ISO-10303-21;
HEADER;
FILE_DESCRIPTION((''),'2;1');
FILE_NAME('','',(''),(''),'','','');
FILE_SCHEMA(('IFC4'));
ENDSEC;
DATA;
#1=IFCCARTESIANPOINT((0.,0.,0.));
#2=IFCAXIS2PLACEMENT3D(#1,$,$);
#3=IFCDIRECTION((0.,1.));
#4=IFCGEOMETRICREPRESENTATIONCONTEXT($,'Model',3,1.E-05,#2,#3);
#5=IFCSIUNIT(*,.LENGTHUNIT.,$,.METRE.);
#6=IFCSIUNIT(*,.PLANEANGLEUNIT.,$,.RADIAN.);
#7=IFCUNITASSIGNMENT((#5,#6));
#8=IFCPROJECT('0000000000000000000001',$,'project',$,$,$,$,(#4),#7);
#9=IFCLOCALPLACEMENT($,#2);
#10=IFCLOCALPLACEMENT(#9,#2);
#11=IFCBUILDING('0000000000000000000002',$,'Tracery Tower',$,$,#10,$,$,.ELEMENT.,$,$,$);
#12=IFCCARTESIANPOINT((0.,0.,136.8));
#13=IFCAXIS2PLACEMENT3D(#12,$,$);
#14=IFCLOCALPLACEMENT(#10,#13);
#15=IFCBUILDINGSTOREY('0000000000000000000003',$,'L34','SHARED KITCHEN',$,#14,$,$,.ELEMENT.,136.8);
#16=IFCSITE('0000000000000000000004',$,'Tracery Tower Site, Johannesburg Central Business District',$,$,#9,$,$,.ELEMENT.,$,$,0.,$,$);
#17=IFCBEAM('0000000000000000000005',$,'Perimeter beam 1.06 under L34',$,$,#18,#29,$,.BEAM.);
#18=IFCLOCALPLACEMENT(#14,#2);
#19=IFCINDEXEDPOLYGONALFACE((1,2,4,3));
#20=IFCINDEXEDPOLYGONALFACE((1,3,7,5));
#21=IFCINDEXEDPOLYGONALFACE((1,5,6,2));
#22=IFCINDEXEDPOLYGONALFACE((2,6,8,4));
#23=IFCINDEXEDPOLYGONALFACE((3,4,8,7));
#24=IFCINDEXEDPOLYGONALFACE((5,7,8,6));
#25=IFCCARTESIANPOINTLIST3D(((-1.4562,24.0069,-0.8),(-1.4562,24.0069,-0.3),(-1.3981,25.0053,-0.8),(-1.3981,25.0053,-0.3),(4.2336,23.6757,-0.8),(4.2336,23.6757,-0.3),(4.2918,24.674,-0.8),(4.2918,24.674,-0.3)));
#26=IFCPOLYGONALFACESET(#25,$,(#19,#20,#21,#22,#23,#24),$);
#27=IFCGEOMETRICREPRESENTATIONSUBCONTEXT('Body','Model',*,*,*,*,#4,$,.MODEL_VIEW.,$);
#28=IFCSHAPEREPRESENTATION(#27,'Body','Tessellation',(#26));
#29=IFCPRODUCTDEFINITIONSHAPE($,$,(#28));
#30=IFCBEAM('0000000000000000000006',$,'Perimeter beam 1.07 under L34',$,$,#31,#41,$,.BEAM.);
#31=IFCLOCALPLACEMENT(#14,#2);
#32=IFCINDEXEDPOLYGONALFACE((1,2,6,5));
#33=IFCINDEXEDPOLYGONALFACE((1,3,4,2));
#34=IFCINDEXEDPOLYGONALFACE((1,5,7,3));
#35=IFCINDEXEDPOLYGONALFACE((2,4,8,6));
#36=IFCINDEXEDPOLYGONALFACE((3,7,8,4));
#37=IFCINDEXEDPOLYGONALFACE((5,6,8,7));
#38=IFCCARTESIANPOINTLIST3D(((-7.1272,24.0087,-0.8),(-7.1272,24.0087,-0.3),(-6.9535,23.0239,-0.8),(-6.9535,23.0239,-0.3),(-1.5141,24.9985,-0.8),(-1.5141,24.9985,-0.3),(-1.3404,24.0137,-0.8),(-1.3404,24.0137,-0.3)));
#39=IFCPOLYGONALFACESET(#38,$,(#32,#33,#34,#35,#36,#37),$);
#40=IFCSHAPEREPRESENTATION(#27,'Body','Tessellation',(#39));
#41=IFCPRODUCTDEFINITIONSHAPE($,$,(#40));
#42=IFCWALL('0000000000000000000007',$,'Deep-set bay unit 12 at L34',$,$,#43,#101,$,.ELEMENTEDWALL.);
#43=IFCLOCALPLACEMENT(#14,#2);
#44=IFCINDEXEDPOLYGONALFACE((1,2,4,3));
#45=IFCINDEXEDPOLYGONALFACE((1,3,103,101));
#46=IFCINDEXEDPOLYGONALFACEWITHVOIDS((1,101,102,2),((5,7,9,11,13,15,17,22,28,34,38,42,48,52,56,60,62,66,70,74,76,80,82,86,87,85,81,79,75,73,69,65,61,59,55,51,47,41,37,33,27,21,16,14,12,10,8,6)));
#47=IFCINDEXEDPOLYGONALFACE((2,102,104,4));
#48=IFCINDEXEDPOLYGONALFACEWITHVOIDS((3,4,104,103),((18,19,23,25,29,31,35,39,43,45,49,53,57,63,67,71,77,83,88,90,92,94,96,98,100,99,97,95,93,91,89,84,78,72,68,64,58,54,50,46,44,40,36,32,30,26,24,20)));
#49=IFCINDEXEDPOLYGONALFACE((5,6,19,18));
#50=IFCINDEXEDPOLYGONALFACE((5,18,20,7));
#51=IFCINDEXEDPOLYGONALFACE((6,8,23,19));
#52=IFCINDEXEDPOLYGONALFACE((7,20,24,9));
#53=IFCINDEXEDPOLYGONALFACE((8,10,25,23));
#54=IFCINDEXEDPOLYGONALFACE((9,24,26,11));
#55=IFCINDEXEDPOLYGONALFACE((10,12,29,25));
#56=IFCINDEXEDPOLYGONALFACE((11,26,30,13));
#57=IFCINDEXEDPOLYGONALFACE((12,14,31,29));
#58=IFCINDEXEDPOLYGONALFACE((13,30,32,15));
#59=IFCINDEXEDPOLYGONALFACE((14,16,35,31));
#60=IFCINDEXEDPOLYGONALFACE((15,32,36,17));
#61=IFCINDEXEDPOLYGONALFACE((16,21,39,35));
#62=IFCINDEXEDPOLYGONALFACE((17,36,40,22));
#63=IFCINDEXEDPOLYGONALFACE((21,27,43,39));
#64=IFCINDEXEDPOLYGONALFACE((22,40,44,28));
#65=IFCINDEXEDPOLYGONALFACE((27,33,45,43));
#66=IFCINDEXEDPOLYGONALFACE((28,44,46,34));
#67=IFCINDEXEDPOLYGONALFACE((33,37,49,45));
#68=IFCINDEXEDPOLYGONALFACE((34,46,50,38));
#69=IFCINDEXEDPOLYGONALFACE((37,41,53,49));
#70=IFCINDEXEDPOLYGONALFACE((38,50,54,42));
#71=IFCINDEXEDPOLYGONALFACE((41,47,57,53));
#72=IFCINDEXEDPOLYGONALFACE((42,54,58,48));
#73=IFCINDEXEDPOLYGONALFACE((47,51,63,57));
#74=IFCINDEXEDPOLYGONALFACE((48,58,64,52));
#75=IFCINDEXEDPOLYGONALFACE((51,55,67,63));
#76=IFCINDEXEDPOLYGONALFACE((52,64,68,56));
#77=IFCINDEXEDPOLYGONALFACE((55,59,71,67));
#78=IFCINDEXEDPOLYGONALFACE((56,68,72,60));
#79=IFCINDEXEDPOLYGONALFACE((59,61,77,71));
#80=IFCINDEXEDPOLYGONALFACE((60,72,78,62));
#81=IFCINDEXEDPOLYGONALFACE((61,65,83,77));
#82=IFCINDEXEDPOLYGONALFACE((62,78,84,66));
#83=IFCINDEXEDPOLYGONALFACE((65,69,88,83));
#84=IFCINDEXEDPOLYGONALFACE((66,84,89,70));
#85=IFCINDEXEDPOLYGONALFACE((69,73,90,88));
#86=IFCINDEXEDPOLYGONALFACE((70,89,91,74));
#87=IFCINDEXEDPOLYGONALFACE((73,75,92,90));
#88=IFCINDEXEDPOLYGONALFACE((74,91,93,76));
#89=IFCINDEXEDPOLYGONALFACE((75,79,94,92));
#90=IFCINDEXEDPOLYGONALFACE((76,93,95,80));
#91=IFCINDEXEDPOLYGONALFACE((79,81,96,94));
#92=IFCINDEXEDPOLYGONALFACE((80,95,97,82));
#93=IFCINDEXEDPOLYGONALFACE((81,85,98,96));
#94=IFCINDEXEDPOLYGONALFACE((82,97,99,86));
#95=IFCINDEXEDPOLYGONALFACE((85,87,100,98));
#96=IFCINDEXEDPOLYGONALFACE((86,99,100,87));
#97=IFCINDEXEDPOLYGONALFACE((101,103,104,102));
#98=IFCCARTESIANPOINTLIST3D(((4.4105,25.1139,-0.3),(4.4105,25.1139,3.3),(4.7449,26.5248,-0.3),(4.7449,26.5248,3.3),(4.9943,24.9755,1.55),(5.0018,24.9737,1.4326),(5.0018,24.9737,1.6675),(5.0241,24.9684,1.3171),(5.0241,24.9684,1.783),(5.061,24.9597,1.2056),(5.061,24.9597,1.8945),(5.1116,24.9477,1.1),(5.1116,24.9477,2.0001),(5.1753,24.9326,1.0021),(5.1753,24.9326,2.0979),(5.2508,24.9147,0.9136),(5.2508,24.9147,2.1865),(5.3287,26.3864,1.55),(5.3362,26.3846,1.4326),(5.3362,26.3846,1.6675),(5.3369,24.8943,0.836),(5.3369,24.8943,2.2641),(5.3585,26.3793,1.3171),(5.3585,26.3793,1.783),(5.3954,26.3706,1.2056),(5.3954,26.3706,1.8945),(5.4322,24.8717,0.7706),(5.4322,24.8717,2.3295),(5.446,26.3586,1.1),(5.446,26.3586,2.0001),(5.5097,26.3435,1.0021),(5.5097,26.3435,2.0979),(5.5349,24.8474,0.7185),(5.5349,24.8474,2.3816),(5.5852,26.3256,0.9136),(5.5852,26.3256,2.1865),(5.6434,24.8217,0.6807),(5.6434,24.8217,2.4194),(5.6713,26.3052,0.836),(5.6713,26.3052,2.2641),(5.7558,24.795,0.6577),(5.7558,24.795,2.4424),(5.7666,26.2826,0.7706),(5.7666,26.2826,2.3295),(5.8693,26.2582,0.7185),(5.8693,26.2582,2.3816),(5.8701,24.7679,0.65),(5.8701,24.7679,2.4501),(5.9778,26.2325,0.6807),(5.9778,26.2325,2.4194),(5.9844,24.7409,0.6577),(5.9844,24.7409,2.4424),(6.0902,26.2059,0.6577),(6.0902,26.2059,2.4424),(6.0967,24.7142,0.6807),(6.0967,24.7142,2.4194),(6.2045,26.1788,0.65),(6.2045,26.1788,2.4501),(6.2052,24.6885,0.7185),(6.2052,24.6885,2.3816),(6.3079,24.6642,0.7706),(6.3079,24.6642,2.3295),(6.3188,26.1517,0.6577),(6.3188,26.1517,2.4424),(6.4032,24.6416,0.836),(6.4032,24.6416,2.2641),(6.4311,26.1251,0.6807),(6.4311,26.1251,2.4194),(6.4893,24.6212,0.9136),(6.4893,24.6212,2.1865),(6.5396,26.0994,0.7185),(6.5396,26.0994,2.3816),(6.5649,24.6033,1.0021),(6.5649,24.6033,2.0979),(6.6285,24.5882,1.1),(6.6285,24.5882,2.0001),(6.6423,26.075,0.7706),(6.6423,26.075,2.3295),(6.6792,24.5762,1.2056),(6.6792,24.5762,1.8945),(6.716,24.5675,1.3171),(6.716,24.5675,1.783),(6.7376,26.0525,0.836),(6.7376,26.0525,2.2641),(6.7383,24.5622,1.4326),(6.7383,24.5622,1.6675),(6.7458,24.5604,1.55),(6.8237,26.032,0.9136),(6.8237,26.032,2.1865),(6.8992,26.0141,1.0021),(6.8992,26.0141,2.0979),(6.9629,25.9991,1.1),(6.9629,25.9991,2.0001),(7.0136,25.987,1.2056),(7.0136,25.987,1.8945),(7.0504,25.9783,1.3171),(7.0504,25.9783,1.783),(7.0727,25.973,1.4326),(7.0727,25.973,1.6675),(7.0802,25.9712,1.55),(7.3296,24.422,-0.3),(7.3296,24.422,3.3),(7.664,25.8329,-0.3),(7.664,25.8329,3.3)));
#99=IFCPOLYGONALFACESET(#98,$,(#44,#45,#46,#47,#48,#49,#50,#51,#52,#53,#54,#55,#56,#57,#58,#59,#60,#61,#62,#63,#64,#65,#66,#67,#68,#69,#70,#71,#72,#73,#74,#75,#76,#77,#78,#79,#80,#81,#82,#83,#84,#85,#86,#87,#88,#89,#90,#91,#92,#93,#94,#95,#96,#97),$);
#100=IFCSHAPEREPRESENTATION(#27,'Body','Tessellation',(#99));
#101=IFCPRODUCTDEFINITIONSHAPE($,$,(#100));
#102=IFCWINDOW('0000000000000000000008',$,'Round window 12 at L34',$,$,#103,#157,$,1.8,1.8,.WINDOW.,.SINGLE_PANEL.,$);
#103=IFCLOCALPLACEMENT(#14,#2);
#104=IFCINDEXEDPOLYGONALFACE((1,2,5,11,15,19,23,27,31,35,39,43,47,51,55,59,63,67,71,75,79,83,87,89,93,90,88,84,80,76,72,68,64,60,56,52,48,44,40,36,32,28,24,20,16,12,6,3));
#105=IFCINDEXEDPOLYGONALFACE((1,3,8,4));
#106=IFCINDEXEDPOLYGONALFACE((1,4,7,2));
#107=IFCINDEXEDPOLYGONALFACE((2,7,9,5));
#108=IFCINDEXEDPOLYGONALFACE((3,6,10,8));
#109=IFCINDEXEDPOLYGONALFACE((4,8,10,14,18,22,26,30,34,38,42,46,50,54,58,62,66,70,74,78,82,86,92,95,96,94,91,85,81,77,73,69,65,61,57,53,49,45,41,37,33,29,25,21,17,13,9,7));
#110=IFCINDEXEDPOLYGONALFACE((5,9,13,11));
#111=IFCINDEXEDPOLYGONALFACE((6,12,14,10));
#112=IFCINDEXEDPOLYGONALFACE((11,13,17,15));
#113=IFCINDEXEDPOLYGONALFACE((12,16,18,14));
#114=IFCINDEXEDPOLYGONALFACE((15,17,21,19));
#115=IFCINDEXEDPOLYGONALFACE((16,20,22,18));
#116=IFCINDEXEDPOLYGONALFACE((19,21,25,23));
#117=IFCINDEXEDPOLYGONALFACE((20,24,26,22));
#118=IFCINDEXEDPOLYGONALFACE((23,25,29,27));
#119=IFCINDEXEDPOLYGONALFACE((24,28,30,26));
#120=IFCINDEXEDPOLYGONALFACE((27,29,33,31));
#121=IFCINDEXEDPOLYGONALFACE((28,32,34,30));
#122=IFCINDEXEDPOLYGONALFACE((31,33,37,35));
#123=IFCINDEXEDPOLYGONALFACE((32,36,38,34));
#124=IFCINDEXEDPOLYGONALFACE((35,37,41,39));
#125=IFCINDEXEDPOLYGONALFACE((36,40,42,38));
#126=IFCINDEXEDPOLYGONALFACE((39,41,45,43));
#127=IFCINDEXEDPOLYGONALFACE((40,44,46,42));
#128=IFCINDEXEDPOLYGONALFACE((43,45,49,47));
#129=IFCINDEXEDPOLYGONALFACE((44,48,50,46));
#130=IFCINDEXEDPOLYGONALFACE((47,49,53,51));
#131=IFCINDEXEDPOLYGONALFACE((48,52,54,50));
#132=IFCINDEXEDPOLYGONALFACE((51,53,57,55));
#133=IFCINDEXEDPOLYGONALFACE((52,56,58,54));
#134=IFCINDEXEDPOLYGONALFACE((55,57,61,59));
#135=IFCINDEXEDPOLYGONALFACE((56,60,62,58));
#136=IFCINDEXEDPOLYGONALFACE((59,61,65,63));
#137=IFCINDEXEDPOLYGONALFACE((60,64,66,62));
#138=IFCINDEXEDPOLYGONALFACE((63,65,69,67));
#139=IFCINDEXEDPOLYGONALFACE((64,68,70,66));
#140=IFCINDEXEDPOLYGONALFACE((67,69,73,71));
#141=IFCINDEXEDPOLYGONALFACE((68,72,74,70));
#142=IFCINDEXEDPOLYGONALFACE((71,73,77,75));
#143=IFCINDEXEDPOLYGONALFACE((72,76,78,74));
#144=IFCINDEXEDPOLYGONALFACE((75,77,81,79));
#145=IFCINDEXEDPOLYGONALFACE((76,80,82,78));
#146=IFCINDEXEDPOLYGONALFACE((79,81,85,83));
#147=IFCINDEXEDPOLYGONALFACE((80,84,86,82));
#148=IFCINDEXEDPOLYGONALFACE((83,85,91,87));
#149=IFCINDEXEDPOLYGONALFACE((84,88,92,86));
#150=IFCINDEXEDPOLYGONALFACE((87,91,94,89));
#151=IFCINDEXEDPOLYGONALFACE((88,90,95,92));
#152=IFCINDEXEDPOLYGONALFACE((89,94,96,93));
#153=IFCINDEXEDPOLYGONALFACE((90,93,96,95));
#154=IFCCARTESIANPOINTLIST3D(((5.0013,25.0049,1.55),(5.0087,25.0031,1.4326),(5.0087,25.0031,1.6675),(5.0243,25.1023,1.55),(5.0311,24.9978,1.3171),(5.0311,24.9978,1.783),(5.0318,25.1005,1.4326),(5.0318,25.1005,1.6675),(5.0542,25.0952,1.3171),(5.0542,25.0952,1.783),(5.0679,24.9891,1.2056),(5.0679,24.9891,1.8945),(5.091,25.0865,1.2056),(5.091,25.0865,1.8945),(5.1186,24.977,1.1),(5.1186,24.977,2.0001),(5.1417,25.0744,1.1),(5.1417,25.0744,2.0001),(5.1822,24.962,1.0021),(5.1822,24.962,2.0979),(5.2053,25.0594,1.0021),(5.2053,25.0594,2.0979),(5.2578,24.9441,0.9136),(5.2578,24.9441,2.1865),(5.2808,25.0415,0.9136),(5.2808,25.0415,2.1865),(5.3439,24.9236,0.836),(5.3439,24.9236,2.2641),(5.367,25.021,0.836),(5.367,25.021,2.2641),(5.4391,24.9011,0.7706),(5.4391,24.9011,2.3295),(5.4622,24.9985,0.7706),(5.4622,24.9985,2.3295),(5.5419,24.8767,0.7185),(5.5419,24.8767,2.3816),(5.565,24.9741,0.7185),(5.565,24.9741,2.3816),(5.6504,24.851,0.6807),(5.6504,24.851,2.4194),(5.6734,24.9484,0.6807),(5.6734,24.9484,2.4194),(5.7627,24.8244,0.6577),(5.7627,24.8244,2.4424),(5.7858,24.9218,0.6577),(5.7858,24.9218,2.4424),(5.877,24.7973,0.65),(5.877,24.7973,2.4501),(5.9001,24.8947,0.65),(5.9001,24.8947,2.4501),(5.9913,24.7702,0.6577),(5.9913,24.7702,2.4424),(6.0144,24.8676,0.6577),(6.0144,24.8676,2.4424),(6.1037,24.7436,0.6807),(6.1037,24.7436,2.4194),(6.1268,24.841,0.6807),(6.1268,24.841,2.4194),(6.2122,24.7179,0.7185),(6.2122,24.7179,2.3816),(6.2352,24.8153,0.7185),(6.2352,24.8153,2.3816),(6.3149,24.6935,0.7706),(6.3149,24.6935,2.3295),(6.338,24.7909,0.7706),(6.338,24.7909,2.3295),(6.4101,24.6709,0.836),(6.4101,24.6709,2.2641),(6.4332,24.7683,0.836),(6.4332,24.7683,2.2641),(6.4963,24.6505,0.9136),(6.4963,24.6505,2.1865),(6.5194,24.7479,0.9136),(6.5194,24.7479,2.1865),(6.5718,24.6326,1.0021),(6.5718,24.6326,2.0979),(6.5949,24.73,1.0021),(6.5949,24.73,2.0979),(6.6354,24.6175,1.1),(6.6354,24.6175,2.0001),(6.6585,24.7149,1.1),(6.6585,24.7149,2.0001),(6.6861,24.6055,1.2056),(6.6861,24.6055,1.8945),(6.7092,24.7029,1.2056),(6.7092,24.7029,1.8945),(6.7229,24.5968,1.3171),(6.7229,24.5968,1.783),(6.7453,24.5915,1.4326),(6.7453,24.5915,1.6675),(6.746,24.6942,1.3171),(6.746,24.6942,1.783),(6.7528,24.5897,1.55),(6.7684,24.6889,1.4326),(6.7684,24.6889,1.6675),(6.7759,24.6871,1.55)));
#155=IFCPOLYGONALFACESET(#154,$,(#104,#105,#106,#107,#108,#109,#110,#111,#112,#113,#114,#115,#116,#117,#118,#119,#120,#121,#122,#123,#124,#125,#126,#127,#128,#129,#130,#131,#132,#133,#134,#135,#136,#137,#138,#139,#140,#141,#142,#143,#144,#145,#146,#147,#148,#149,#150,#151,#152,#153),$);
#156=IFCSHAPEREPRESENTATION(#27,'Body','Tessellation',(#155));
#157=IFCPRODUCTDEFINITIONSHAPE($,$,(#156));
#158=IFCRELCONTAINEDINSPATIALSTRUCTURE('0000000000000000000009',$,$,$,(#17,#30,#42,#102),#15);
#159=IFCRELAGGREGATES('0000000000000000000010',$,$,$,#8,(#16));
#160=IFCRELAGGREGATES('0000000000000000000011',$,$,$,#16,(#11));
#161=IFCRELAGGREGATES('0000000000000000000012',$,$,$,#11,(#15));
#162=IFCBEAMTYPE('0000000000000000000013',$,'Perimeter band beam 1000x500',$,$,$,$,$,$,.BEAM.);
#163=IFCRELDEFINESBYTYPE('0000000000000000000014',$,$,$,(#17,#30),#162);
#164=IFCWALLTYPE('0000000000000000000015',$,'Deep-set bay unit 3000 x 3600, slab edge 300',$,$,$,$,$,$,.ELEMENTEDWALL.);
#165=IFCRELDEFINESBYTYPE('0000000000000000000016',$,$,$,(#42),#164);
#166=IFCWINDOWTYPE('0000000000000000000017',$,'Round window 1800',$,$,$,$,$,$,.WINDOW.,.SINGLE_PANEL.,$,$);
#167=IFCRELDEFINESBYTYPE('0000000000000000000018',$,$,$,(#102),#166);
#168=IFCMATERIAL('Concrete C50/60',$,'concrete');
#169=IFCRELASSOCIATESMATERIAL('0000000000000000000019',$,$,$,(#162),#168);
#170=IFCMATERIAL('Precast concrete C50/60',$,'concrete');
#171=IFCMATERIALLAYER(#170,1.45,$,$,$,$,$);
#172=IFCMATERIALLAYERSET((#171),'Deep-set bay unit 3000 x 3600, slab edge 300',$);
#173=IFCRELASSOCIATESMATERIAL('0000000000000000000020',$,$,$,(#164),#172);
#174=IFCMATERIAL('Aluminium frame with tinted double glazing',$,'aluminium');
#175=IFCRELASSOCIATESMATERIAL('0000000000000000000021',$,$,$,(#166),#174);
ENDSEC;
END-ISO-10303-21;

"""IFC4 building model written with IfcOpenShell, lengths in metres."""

from ifc_helpers import new_model, si_unit, direction, frame, frame_2d, origin, origin_2d, place, context, subcontext, project, spatial, rectangle, circle, extrude, material, layer, layer_set, material_profile, profile_set, type_object, element, fill, save


model = new_model("IFC4")

# Units and contexts
model_context = context("Model", 3, precision=1e-05, world=origin(), true_north=direction((0.0, 1.0)))
body_context = subcontext(model_context, "Body", "Model", "MODEL_VIEW")
ifc_project = project(units=[si_unit("LENGTHUNIT", "METRE"), si_unit("PLANEANGLEUNIT", "RADIAN")], contexts=[model_context])

# Site, building, storey
site_placement = place(None, origin())
site = spatial("IfcSite", under=ifc_project, at=site_placement, Name="Tracery Tower Site, Johannesburg Central Business District", CompositionType="ELEMENT", RefElevation=0.0)
building_placement = place(site_placement, origin())
building = spatial("IfcBuilding", under=site, at=building_placement, Name="Tracery Tower", CompositionType="ELEMENT")
storey_placement = place(building_placement, frame((0.0, 0.0, 136.8)))
storey = spatial("IfcBuildingStorey", under=building, at=storey_placement, Name="L34", Description="SHARED KITCHEN", CompositionType="ELEMENT", Elevation=136.8)

# Beams
ifc_material_1 = material(Name="Concrete C50/60", Category="concrete")
ifc_material_profile_1 = material_profile(ifc_material_1, rectangle(XDim=1.0, YDim=0.5, at=origin_2d()), Name="RC 1000x500")
ifc_profile_set_1 = profile_set([ifc_material_profile_1], Name="Concrete C50/60")
beam_type = type_object("IfcBeamType", Name="Perimeter band beam 1000x500", PredefinedType="BEAM", material=ifc_profile_set_1)
beam_1_placement = place(storey_placement, frame((4.2627, 24.1748, -0.55), z_axis=(-0.998309, 0.058127, 0.0), x_axis=(-0.058127, -0.998309, 0.0)))
element("IfcBeam", 1, at=beam_1_placement, inside=storey, type_object=beam_type, Name="Perimeter beam 1.06 under L34", PredefinedType="BEAM", context=body_context, shape_type="SweptSolid", body=[
    extrude(rectangle(XDim=1.0, YDim=0.5, at=origin_2d()), origin(), (0.0, 0.0, 1.0), 5.6995),
])
beam_2_placement = place(storey_placement, frame((-1.4272, 24.5061, -0.55), z_axis=(-0.984807, -0.173651, 0.0), x_axis=(0.173651, -0.984807, 0.0)))
element("IfcBeam", 2, at=beam_2_placement, inside=storey, type_object=beam_type, Name="Perimeter beam 1.07 under L34", PredefinedType="BEAM", context=body_context, shape_type="SweptSolid", body=[
    extrude(rectangle(XDim=1.0, YDim=0.5, at=origin_2d()), origin(), (0.0, 0.0, 1.0), 5.6997),
])

# Wall, opening, window
ifc_material_2 = material(Name="Precast concrete C50/60", Category="concrete")
ifc_layer_1 = layer(ifc_material_2, 1.45)
ifc_layer_set_1 = layer_set([ifc_layer_1], Name="Deep-set bay unit 3000 x 3600, slab edge 300")
wall_type_1 = type_object("IfcWallType", Name="Deep-set bay unit 3000 x 3600, slab edge 300", PredefinedType="ELEMENTEDWALL", material=ifc_layer_set_1)
wall_1_placement = place(storey_placement, frame((7.4968, 25.1274, -0.3), z_axis=(0.0, 0.0, 1.0), x_axis=(-0.973042, 0.230627, 0.0)))
wall_1 = element("IfcWall", 3, at=wall_1_placement, inside=storey, type_object=wall_type_1, Name="Deep-set bay unit 12 at L34", PredefinedType="ELEMENTEDWALL", context=body_context, shape_type="SweptSolid", body=[
    extrude(rectangle(XDim=3.0, YDim=1.45, at=frame_2d((1.5, 0.0))), origin(), (0.0, 0.0, 1.0), 3.6001),
])
opening_1_placement = place(wall_1_placement, frame((1.5, 0.0, 1.8501)))
opening_1 = element("IfcOpeningElement", 4, at=opening_1_placement, cuts=wall_1, PredefinedType="OPENING", context=body_context, shape_type="SweptSolid", body=[
    extrude(circle(Radius=0.9, at=origin_2d()), frame((0.0, 0.7349, 0.0), z_axis=(0.0, -1.0, 0.0), x_axis=(1.0, 0.0, 0.0)), (0.0, 0.0, 1.0), 1.47),
])
ifc_material_3 = material(Name="Aluminium frame with tinted double glazing", Category="aluminium")
window_type = type_object("IfcWindowType", Name="Round window 1800", PartitioningType="SINGLE_PANEL", PredefinedType="WINDOW", material=ifc_material_3)
window_1_placement = place(opening_1_placement, origin())
window_1 = element("IfcWindow", 5, at=window_1_placement, inside=storey, type_object=window_type, Name="Round window 12 at L34", OverallHeight=1.8, OverallWidth=1.8, PartitioningType="SINGLE_PANEL", PredefinedType="WINDOW", context=body_context, shape_type="SweptSolid", body=[
    extrude(circle(Radius=0.9, at=origin_2d()), frame((0.0, 0.6948, 0.0), z_axis=(0.0, -1.0, 0.0), x_axis=(1.0, 0.0, 0.0)), (0.0, 0.0, 1.0), 0.1001),
])
fill(opening_1, window_1)

save(model, "model.ifc")
